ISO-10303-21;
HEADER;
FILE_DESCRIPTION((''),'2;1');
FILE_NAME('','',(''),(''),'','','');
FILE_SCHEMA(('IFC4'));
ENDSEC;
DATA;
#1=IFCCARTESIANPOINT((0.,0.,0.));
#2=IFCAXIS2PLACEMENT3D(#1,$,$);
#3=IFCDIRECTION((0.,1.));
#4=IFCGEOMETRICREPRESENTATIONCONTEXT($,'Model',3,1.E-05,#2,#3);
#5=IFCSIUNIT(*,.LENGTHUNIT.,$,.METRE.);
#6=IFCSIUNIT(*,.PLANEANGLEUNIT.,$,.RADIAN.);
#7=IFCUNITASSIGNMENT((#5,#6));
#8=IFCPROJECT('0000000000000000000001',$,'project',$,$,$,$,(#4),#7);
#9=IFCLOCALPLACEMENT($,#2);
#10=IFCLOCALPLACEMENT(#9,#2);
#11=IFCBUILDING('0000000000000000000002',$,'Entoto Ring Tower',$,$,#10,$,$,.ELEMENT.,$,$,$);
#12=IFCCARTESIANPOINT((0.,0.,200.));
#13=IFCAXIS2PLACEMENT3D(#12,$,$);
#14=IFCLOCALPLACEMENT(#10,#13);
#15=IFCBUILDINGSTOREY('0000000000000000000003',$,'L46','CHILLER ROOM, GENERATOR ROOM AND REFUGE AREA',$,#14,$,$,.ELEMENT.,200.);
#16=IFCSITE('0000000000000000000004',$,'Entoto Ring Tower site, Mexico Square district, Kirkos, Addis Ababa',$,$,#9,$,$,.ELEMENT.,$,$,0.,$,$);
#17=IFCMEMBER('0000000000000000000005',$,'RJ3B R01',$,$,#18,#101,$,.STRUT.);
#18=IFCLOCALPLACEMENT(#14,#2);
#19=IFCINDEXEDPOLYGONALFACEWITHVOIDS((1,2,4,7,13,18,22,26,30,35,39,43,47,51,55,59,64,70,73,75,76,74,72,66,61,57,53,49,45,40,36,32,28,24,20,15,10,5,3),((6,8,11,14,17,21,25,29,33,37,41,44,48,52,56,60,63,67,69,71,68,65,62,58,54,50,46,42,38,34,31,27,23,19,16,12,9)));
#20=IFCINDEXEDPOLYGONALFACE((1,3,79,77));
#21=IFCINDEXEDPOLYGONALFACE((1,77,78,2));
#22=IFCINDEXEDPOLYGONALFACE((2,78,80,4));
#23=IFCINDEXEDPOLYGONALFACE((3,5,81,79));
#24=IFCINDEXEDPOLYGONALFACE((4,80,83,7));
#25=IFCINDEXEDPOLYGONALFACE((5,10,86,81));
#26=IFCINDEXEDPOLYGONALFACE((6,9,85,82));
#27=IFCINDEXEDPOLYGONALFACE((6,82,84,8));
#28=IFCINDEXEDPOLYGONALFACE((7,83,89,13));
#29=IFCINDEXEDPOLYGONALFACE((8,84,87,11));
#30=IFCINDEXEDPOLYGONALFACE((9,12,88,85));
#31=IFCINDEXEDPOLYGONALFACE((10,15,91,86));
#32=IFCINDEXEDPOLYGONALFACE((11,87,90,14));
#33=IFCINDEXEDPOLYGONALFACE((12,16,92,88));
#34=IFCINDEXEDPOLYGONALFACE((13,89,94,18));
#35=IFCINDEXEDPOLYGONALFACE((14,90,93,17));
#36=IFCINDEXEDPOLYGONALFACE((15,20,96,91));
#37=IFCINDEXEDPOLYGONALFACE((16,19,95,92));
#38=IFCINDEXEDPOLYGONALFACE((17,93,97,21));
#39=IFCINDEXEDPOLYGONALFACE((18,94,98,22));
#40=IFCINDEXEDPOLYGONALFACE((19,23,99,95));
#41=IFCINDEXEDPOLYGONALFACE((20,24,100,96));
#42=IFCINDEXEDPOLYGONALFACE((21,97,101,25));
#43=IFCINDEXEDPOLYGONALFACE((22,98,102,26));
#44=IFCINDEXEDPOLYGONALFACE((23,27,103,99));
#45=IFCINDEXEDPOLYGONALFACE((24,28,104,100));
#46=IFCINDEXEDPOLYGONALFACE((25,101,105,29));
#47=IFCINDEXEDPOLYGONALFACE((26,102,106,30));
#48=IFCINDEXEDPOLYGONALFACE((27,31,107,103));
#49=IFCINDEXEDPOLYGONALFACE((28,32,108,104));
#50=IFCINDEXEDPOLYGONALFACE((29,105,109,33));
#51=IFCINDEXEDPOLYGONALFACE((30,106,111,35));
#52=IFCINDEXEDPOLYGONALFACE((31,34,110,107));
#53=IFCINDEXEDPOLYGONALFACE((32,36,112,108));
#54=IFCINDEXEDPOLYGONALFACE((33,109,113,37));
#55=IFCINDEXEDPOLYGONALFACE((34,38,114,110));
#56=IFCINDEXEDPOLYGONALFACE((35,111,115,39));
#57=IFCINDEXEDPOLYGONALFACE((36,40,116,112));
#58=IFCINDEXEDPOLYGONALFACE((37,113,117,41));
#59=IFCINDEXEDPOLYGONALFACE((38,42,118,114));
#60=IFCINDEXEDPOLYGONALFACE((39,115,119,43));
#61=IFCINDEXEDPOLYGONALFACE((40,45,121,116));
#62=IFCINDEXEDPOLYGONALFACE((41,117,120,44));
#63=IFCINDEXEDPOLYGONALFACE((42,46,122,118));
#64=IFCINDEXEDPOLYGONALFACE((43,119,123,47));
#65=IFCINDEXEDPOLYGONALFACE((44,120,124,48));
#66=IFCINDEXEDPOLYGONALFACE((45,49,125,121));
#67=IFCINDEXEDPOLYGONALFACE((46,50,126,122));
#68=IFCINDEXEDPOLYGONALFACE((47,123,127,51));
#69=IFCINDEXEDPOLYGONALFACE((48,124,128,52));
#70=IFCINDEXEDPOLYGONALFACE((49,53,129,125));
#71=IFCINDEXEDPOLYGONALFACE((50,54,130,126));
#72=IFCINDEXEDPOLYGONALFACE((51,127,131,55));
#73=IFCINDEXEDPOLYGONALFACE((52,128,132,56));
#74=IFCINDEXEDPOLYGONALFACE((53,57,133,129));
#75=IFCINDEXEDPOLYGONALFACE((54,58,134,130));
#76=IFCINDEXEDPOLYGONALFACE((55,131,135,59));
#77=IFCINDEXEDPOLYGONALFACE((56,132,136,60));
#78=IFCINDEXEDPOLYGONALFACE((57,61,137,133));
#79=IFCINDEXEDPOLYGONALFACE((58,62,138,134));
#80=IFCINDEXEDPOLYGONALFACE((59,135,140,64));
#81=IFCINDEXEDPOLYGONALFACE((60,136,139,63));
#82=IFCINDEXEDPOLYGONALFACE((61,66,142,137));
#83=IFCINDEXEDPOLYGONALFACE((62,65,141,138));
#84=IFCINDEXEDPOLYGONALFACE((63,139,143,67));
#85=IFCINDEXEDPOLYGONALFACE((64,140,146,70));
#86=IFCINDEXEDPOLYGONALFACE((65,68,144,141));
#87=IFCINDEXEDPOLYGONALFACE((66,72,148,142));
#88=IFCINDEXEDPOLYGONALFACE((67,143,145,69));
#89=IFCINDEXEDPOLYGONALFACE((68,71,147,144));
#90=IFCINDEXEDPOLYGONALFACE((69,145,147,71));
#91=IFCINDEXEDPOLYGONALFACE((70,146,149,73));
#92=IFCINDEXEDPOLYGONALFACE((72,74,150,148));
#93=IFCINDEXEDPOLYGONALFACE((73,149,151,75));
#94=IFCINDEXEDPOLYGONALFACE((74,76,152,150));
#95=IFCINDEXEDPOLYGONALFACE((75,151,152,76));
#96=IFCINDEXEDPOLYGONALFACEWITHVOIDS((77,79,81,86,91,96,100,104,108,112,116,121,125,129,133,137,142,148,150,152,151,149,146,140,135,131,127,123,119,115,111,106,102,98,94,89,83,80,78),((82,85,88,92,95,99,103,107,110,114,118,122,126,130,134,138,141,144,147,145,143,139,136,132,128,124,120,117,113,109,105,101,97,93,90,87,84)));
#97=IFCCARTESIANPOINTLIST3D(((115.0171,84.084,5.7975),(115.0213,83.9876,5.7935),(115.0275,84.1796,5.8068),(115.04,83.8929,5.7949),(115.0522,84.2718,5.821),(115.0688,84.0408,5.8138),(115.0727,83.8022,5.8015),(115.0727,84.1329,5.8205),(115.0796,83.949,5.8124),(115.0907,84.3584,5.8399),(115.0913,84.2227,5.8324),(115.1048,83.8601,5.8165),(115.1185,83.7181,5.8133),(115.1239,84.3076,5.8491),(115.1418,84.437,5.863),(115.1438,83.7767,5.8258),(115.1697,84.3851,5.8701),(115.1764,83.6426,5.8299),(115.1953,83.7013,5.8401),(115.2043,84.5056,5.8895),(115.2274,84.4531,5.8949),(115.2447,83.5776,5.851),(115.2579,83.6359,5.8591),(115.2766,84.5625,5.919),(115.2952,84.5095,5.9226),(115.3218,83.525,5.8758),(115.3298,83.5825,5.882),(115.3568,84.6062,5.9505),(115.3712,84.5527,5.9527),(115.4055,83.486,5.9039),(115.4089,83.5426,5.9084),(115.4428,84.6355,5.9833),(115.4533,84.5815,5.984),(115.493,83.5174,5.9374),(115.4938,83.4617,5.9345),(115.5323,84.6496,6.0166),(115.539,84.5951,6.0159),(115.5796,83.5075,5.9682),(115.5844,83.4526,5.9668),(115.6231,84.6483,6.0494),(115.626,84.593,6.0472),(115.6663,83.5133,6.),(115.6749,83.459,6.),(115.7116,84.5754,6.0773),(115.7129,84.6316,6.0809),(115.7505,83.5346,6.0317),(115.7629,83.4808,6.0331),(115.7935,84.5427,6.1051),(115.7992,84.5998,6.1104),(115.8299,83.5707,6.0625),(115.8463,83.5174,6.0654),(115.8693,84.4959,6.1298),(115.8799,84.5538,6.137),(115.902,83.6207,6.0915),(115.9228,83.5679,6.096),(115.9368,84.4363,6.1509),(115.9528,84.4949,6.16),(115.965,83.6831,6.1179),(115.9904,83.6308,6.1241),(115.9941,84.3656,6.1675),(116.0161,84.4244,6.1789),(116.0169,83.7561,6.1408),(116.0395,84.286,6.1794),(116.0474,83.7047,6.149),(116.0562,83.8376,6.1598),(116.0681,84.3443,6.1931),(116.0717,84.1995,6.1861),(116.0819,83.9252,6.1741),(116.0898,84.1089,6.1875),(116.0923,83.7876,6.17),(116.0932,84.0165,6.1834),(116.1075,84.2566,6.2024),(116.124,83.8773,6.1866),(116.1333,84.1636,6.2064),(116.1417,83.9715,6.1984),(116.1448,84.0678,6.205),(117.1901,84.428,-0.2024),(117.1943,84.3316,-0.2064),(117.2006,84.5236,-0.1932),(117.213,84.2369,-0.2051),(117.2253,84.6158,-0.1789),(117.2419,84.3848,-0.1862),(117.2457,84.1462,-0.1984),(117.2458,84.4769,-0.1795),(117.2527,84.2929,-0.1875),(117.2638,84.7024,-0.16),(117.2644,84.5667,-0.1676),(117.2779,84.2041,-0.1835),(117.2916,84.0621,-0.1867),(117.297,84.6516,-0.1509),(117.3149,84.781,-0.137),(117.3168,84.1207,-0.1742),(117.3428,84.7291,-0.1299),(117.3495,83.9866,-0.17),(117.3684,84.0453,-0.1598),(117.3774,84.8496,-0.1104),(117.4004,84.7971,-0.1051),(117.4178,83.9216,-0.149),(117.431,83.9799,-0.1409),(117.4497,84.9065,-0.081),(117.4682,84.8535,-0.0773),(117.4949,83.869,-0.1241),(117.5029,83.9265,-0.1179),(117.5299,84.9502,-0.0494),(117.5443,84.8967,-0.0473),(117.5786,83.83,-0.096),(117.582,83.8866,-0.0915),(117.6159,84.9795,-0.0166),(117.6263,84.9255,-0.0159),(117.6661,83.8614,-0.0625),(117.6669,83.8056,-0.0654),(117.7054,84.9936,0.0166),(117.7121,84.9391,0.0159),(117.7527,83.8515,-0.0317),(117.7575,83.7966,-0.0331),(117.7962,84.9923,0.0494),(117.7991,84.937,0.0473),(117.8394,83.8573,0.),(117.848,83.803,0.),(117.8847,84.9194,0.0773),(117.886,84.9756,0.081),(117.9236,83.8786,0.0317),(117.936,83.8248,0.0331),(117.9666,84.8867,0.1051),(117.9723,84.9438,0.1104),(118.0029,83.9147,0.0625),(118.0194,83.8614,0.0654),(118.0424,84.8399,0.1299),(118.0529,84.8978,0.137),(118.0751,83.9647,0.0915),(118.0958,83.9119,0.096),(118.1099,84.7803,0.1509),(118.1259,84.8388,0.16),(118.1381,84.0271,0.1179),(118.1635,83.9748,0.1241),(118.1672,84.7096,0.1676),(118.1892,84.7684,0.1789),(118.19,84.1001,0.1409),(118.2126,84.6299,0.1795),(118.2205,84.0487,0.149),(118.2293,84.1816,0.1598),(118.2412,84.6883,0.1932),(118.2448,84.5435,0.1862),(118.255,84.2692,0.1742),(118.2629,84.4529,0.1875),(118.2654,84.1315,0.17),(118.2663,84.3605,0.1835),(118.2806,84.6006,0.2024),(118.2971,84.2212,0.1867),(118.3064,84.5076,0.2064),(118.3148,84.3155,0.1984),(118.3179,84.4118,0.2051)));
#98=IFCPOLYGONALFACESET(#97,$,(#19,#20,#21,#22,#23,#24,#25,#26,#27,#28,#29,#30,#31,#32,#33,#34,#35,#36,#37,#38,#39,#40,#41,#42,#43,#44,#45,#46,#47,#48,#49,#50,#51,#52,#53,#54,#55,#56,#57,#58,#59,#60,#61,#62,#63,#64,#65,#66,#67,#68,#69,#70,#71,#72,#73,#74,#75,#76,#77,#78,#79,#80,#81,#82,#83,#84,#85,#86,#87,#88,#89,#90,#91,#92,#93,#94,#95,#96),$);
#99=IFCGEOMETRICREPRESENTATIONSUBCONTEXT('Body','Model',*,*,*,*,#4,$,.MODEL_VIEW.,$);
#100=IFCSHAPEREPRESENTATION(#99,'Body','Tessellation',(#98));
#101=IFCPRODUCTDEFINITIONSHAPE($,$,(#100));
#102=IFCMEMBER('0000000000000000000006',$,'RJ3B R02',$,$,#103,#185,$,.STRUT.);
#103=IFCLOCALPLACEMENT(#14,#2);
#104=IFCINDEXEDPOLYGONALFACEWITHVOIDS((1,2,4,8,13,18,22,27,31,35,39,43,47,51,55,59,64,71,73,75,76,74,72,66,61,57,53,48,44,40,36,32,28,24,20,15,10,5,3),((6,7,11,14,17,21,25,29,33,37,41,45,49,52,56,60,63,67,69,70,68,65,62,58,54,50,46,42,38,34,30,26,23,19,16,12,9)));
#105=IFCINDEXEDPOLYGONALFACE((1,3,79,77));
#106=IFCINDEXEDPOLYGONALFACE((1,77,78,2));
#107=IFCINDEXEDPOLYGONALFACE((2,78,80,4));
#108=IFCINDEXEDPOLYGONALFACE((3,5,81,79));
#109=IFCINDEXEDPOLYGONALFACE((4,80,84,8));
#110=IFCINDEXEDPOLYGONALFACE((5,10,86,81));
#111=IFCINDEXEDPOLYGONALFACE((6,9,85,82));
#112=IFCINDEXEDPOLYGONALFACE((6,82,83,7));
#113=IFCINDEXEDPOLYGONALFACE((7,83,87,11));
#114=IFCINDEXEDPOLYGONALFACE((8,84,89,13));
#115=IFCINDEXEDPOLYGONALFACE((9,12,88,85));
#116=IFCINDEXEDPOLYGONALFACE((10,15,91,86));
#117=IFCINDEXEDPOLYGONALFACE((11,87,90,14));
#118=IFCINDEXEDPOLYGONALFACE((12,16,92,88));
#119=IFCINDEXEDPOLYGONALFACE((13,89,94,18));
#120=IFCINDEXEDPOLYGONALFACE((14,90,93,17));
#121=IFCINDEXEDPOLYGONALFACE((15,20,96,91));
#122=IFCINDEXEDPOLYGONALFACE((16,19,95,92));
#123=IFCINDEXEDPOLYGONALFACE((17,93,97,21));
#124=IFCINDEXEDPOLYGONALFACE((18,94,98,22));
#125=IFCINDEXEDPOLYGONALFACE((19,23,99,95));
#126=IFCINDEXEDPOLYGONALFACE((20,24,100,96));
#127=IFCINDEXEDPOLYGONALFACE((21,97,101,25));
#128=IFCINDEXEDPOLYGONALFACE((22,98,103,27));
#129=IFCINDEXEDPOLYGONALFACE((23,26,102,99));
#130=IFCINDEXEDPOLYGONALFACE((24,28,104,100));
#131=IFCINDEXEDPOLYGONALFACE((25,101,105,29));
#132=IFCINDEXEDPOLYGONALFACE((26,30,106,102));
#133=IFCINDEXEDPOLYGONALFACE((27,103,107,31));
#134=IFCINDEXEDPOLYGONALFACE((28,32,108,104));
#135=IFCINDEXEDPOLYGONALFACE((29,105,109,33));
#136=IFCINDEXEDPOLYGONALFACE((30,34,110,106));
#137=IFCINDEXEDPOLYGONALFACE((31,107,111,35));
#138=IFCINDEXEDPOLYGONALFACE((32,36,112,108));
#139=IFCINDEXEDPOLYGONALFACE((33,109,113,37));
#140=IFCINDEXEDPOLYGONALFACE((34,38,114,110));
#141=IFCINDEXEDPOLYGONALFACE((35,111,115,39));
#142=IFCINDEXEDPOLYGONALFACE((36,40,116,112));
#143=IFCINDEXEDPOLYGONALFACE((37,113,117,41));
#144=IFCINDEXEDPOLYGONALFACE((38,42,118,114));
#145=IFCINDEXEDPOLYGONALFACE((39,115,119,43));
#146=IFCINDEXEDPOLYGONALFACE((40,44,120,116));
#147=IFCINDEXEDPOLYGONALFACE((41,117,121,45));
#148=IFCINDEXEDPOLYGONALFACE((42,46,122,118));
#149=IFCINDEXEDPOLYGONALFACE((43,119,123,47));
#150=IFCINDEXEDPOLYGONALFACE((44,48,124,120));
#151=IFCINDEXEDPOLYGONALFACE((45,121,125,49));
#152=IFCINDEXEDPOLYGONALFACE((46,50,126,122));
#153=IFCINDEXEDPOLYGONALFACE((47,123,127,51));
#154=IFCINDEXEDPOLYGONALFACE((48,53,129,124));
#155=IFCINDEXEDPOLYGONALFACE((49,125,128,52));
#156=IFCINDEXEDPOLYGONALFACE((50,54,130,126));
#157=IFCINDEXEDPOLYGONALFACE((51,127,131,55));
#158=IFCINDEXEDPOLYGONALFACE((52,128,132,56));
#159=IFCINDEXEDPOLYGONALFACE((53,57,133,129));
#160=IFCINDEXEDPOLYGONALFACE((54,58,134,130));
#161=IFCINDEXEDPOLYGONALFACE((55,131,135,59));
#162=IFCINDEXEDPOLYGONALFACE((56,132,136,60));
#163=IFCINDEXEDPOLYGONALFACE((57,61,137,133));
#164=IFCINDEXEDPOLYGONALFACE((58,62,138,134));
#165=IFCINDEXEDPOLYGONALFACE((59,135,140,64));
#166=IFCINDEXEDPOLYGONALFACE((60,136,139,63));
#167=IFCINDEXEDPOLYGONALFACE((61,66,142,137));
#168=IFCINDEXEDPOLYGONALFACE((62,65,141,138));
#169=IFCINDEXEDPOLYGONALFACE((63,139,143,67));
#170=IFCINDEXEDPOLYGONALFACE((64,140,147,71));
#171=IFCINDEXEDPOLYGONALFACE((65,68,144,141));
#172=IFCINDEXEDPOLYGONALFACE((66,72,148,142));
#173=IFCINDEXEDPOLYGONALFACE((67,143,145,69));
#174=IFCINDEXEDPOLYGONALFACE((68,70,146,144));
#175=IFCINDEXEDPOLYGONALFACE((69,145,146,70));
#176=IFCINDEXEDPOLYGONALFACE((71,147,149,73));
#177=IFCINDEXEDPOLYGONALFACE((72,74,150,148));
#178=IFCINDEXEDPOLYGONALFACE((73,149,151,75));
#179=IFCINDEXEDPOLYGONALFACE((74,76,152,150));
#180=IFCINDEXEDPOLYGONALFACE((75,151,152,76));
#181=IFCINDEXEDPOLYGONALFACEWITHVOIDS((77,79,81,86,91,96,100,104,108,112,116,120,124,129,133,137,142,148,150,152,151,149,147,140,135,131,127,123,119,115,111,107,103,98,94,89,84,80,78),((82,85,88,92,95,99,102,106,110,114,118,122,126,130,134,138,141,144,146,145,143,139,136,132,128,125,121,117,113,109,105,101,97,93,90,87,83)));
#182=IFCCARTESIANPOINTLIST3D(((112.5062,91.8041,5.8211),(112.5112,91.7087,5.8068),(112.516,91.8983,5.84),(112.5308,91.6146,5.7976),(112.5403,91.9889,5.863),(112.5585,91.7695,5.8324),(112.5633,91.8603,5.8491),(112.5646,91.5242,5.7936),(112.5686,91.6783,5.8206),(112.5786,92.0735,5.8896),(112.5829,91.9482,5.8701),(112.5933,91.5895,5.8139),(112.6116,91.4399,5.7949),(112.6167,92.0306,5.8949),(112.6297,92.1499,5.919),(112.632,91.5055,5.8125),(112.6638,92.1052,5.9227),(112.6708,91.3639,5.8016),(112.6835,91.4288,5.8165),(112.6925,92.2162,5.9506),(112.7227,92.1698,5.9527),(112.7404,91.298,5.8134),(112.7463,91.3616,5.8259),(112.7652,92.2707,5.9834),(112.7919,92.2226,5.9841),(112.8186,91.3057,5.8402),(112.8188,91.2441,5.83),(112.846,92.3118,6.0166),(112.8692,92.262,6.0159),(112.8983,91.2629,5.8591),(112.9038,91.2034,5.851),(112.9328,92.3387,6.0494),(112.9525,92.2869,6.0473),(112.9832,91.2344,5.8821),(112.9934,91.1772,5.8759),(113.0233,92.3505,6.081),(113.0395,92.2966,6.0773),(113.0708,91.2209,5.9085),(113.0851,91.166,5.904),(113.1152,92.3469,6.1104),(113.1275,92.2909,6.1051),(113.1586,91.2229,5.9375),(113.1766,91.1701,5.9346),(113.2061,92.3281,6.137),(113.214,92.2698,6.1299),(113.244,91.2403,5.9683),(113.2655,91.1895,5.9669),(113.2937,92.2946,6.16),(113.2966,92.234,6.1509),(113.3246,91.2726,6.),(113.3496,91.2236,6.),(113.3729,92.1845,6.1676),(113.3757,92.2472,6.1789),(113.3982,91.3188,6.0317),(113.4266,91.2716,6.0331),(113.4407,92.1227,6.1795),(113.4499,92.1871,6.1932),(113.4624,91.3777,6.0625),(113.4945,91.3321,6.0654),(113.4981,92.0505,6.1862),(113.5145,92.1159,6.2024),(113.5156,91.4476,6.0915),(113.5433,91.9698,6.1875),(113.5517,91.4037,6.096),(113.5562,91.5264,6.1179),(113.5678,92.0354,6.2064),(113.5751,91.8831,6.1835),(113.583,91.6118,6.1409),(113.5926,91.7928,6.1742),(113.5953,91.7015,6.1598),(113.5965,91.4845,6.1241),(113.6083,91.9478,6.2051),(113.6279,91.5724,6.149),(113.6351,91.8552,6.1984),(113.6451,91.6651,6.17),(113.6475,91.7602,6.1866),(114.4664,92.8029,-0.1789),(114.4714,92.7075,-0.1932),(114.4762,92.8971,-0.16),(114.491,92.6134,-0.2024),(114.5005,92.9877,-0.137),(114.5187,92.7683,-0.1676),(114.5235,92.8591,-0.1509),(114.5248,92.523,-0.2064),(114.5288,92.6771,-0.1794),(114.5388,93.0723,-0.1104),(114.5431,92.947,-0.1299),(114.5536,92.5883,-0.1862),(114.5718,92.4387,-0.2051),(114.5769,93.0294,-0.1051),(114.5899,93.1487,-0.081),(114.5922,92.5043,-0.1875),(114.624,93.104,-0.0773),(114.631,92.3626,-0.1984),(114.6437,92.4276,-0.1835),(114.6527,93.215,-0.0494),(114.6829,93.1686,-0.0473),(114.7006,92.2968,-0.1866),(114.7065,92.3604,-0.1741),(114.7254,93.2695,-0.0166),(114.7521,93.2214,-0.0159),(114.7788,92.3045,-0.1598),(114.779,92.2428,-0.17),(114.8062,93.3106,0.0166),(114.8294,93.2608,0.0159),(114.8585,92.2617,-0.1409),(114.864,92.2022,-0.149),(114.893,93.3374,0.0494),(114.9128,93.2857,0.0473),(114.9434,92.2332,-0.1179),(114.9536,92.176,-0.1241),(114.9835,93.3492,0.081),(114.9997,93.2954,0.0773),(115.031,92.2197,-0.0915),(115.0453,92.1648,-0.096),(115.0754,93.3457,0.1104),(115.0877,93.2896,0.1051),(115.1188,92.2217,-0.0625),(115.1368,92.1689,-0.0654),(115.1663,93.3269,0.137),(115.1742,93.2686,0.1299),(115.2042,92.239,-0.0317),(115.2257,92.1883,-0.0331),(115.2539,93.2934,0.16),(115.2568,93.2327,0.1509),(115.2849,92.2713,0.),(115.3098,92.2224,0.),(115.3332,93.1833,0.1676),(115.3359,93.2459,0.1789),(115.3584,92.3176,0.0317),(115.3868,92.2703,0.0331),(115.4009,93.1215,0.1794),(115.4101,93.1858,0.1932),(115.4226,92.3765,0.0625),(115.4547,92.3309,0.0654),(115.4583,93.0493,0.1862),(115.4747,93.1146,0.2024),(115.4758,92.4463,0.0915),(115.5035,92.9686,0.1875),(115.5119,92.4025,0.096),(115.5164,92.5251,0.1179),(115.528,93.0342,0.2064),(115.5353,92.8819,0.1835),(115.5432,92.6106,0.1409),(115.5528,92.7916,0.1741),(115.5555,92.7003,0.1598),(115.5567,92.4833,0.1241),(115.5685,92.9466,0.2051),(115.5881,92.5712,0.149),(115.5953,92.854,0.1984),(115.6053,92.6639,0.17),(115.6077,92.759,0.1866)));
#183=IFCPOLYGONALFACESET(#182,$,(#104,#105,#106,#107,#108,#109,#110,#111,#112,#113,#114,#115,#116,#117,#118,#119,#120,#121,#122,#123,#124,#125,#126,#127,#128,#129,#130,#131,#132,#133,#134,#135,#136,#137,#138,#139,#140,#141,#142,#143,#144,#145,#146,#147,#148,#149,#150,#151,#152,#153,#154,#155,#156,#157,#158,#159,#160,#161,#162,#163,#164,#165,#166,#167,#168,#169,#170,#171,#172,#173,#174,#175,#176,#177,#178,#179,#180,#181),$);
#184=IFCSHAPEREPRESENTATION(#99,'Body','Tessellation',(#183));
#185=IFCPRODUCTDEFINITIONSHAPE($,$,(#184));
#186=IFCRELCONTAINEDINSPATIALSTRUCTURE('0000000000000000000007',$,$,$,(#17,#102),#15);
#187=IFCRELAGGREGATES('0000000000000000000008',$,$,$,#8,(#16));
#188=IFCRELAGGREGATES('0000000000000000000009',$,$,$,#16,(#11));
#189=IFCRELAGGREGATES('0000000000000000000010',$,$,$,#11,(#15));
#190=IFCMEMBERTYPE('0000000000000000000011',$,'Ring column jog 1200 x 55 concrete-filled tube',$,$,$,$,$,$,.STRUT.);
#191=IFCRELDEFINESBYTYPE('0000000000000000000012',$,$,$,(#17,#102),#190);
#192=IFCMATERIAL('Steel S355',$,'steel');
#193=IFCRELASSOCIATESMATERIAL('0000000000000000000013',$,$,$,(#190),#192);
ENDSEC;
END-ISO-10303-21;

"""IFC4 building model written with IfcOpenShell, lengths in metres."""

from ifc_helpers import new_model, si_unit, direction, frame, origin, origin_2d, place, context, subcontext, project, spatial, circle, hollow_circle, extrude, material, material_profile, profile_set, type_object, element, save


model = new_model("IFC4")

# Units and contexts
model_context = context("Model", 3, precision=1e-05, world=origin(), true_north=direction((0.0, 1.0)))
body_context = subcontext(model_context, "Body", "Model", "MODEL_VIEW")
ifc_project = project(units=[si_unit("LENGTHUNIT", "METRE"), si_unit("PLANEANGLEUNIT", "RADIAN")], contexts=[model_context])

# Site, building, storey
site_placement = place(None, origin())
site = spatial("IfcSite", under=ifc_project, at=site_placement, Name="Entoto Ring Tower site, Mexico Square district, Kirkos, Addis Ababa", CompositionType="ELEMENT", RefElevation=0.0)
building_placement = place(site_placement, origin())
building = spatial("IfcBuilding", under=site, at=building_placement, Name="Entoto Ring Tower", CompositionType="ELEMENT")
storey_placement = place(building_placement, frame((0.0, 0.0, 200.0)))
storey = spatial("IfcBuildingStorey", under=building, at=storey_placement, Name="L46", Description="CHILLER ROOM, GENERATOR ROOM AND REFUGE AREA", CompositionType="ELEMENT", Elevation=200.0)

# Members
ifc_material_1 = material(Name="Steel S355", Category="steel")
ifc_material_profile_1 = material_profile(ifc_material_1, hollow_circle(Radius=0.6001, WallThickness=0.0549, at=origin_2d()), Name="CHS 1200 x 55")
ifc_material_2 = material(Name="Concrete C60/75", Category="concrete")
ifc_material_profile_2 = material_profile(ifc_material_2, circle(Radius=0.5449, at=origin_2d()), Name="Concrete C60/75 infill")
ifc_profile_set_1 = profile_set([ifc_material_profile_1, ifc_material_profile_2], Name="Steel S355")
member_type_1 = type_object("IfcMemberType", Name="Ring column jog 1200 x 55 concrete-filled tube", PredefinedType="STRUT", material=ifc_profile_set_1)
for number, where, z_axis, x_axis, name in (
    (1, (117.7542, 84.3958, 0.0), (-0.340042, -0.053828, 0.938869), (0.15635, -0.987702, 0.0), "RJ3B R01"),
    (2, (115.0374, 92.7571, 0.0), (-0.306732, -0.156288, 0.938877), (0.453992, -0.891006, 0.0), "RJ3B R02"),
):
    element("IfcMember", number, at=place(storey_placement, frame(where, z_axis=z_axis, x_axis=x_axis)), inside=storey, type_object=member_type_1, Name=name, PredefinedType="STRUT", context=body_context, shape_type="SweptSolid", body=[
        extrude(hollow_circle(Radius=0.6001, WallThickness=0.0549, at=origin_2d()), origin(), (0.0, 0.0, 1.0), 6.3906),
    ])

save(model, "model.ifc")
